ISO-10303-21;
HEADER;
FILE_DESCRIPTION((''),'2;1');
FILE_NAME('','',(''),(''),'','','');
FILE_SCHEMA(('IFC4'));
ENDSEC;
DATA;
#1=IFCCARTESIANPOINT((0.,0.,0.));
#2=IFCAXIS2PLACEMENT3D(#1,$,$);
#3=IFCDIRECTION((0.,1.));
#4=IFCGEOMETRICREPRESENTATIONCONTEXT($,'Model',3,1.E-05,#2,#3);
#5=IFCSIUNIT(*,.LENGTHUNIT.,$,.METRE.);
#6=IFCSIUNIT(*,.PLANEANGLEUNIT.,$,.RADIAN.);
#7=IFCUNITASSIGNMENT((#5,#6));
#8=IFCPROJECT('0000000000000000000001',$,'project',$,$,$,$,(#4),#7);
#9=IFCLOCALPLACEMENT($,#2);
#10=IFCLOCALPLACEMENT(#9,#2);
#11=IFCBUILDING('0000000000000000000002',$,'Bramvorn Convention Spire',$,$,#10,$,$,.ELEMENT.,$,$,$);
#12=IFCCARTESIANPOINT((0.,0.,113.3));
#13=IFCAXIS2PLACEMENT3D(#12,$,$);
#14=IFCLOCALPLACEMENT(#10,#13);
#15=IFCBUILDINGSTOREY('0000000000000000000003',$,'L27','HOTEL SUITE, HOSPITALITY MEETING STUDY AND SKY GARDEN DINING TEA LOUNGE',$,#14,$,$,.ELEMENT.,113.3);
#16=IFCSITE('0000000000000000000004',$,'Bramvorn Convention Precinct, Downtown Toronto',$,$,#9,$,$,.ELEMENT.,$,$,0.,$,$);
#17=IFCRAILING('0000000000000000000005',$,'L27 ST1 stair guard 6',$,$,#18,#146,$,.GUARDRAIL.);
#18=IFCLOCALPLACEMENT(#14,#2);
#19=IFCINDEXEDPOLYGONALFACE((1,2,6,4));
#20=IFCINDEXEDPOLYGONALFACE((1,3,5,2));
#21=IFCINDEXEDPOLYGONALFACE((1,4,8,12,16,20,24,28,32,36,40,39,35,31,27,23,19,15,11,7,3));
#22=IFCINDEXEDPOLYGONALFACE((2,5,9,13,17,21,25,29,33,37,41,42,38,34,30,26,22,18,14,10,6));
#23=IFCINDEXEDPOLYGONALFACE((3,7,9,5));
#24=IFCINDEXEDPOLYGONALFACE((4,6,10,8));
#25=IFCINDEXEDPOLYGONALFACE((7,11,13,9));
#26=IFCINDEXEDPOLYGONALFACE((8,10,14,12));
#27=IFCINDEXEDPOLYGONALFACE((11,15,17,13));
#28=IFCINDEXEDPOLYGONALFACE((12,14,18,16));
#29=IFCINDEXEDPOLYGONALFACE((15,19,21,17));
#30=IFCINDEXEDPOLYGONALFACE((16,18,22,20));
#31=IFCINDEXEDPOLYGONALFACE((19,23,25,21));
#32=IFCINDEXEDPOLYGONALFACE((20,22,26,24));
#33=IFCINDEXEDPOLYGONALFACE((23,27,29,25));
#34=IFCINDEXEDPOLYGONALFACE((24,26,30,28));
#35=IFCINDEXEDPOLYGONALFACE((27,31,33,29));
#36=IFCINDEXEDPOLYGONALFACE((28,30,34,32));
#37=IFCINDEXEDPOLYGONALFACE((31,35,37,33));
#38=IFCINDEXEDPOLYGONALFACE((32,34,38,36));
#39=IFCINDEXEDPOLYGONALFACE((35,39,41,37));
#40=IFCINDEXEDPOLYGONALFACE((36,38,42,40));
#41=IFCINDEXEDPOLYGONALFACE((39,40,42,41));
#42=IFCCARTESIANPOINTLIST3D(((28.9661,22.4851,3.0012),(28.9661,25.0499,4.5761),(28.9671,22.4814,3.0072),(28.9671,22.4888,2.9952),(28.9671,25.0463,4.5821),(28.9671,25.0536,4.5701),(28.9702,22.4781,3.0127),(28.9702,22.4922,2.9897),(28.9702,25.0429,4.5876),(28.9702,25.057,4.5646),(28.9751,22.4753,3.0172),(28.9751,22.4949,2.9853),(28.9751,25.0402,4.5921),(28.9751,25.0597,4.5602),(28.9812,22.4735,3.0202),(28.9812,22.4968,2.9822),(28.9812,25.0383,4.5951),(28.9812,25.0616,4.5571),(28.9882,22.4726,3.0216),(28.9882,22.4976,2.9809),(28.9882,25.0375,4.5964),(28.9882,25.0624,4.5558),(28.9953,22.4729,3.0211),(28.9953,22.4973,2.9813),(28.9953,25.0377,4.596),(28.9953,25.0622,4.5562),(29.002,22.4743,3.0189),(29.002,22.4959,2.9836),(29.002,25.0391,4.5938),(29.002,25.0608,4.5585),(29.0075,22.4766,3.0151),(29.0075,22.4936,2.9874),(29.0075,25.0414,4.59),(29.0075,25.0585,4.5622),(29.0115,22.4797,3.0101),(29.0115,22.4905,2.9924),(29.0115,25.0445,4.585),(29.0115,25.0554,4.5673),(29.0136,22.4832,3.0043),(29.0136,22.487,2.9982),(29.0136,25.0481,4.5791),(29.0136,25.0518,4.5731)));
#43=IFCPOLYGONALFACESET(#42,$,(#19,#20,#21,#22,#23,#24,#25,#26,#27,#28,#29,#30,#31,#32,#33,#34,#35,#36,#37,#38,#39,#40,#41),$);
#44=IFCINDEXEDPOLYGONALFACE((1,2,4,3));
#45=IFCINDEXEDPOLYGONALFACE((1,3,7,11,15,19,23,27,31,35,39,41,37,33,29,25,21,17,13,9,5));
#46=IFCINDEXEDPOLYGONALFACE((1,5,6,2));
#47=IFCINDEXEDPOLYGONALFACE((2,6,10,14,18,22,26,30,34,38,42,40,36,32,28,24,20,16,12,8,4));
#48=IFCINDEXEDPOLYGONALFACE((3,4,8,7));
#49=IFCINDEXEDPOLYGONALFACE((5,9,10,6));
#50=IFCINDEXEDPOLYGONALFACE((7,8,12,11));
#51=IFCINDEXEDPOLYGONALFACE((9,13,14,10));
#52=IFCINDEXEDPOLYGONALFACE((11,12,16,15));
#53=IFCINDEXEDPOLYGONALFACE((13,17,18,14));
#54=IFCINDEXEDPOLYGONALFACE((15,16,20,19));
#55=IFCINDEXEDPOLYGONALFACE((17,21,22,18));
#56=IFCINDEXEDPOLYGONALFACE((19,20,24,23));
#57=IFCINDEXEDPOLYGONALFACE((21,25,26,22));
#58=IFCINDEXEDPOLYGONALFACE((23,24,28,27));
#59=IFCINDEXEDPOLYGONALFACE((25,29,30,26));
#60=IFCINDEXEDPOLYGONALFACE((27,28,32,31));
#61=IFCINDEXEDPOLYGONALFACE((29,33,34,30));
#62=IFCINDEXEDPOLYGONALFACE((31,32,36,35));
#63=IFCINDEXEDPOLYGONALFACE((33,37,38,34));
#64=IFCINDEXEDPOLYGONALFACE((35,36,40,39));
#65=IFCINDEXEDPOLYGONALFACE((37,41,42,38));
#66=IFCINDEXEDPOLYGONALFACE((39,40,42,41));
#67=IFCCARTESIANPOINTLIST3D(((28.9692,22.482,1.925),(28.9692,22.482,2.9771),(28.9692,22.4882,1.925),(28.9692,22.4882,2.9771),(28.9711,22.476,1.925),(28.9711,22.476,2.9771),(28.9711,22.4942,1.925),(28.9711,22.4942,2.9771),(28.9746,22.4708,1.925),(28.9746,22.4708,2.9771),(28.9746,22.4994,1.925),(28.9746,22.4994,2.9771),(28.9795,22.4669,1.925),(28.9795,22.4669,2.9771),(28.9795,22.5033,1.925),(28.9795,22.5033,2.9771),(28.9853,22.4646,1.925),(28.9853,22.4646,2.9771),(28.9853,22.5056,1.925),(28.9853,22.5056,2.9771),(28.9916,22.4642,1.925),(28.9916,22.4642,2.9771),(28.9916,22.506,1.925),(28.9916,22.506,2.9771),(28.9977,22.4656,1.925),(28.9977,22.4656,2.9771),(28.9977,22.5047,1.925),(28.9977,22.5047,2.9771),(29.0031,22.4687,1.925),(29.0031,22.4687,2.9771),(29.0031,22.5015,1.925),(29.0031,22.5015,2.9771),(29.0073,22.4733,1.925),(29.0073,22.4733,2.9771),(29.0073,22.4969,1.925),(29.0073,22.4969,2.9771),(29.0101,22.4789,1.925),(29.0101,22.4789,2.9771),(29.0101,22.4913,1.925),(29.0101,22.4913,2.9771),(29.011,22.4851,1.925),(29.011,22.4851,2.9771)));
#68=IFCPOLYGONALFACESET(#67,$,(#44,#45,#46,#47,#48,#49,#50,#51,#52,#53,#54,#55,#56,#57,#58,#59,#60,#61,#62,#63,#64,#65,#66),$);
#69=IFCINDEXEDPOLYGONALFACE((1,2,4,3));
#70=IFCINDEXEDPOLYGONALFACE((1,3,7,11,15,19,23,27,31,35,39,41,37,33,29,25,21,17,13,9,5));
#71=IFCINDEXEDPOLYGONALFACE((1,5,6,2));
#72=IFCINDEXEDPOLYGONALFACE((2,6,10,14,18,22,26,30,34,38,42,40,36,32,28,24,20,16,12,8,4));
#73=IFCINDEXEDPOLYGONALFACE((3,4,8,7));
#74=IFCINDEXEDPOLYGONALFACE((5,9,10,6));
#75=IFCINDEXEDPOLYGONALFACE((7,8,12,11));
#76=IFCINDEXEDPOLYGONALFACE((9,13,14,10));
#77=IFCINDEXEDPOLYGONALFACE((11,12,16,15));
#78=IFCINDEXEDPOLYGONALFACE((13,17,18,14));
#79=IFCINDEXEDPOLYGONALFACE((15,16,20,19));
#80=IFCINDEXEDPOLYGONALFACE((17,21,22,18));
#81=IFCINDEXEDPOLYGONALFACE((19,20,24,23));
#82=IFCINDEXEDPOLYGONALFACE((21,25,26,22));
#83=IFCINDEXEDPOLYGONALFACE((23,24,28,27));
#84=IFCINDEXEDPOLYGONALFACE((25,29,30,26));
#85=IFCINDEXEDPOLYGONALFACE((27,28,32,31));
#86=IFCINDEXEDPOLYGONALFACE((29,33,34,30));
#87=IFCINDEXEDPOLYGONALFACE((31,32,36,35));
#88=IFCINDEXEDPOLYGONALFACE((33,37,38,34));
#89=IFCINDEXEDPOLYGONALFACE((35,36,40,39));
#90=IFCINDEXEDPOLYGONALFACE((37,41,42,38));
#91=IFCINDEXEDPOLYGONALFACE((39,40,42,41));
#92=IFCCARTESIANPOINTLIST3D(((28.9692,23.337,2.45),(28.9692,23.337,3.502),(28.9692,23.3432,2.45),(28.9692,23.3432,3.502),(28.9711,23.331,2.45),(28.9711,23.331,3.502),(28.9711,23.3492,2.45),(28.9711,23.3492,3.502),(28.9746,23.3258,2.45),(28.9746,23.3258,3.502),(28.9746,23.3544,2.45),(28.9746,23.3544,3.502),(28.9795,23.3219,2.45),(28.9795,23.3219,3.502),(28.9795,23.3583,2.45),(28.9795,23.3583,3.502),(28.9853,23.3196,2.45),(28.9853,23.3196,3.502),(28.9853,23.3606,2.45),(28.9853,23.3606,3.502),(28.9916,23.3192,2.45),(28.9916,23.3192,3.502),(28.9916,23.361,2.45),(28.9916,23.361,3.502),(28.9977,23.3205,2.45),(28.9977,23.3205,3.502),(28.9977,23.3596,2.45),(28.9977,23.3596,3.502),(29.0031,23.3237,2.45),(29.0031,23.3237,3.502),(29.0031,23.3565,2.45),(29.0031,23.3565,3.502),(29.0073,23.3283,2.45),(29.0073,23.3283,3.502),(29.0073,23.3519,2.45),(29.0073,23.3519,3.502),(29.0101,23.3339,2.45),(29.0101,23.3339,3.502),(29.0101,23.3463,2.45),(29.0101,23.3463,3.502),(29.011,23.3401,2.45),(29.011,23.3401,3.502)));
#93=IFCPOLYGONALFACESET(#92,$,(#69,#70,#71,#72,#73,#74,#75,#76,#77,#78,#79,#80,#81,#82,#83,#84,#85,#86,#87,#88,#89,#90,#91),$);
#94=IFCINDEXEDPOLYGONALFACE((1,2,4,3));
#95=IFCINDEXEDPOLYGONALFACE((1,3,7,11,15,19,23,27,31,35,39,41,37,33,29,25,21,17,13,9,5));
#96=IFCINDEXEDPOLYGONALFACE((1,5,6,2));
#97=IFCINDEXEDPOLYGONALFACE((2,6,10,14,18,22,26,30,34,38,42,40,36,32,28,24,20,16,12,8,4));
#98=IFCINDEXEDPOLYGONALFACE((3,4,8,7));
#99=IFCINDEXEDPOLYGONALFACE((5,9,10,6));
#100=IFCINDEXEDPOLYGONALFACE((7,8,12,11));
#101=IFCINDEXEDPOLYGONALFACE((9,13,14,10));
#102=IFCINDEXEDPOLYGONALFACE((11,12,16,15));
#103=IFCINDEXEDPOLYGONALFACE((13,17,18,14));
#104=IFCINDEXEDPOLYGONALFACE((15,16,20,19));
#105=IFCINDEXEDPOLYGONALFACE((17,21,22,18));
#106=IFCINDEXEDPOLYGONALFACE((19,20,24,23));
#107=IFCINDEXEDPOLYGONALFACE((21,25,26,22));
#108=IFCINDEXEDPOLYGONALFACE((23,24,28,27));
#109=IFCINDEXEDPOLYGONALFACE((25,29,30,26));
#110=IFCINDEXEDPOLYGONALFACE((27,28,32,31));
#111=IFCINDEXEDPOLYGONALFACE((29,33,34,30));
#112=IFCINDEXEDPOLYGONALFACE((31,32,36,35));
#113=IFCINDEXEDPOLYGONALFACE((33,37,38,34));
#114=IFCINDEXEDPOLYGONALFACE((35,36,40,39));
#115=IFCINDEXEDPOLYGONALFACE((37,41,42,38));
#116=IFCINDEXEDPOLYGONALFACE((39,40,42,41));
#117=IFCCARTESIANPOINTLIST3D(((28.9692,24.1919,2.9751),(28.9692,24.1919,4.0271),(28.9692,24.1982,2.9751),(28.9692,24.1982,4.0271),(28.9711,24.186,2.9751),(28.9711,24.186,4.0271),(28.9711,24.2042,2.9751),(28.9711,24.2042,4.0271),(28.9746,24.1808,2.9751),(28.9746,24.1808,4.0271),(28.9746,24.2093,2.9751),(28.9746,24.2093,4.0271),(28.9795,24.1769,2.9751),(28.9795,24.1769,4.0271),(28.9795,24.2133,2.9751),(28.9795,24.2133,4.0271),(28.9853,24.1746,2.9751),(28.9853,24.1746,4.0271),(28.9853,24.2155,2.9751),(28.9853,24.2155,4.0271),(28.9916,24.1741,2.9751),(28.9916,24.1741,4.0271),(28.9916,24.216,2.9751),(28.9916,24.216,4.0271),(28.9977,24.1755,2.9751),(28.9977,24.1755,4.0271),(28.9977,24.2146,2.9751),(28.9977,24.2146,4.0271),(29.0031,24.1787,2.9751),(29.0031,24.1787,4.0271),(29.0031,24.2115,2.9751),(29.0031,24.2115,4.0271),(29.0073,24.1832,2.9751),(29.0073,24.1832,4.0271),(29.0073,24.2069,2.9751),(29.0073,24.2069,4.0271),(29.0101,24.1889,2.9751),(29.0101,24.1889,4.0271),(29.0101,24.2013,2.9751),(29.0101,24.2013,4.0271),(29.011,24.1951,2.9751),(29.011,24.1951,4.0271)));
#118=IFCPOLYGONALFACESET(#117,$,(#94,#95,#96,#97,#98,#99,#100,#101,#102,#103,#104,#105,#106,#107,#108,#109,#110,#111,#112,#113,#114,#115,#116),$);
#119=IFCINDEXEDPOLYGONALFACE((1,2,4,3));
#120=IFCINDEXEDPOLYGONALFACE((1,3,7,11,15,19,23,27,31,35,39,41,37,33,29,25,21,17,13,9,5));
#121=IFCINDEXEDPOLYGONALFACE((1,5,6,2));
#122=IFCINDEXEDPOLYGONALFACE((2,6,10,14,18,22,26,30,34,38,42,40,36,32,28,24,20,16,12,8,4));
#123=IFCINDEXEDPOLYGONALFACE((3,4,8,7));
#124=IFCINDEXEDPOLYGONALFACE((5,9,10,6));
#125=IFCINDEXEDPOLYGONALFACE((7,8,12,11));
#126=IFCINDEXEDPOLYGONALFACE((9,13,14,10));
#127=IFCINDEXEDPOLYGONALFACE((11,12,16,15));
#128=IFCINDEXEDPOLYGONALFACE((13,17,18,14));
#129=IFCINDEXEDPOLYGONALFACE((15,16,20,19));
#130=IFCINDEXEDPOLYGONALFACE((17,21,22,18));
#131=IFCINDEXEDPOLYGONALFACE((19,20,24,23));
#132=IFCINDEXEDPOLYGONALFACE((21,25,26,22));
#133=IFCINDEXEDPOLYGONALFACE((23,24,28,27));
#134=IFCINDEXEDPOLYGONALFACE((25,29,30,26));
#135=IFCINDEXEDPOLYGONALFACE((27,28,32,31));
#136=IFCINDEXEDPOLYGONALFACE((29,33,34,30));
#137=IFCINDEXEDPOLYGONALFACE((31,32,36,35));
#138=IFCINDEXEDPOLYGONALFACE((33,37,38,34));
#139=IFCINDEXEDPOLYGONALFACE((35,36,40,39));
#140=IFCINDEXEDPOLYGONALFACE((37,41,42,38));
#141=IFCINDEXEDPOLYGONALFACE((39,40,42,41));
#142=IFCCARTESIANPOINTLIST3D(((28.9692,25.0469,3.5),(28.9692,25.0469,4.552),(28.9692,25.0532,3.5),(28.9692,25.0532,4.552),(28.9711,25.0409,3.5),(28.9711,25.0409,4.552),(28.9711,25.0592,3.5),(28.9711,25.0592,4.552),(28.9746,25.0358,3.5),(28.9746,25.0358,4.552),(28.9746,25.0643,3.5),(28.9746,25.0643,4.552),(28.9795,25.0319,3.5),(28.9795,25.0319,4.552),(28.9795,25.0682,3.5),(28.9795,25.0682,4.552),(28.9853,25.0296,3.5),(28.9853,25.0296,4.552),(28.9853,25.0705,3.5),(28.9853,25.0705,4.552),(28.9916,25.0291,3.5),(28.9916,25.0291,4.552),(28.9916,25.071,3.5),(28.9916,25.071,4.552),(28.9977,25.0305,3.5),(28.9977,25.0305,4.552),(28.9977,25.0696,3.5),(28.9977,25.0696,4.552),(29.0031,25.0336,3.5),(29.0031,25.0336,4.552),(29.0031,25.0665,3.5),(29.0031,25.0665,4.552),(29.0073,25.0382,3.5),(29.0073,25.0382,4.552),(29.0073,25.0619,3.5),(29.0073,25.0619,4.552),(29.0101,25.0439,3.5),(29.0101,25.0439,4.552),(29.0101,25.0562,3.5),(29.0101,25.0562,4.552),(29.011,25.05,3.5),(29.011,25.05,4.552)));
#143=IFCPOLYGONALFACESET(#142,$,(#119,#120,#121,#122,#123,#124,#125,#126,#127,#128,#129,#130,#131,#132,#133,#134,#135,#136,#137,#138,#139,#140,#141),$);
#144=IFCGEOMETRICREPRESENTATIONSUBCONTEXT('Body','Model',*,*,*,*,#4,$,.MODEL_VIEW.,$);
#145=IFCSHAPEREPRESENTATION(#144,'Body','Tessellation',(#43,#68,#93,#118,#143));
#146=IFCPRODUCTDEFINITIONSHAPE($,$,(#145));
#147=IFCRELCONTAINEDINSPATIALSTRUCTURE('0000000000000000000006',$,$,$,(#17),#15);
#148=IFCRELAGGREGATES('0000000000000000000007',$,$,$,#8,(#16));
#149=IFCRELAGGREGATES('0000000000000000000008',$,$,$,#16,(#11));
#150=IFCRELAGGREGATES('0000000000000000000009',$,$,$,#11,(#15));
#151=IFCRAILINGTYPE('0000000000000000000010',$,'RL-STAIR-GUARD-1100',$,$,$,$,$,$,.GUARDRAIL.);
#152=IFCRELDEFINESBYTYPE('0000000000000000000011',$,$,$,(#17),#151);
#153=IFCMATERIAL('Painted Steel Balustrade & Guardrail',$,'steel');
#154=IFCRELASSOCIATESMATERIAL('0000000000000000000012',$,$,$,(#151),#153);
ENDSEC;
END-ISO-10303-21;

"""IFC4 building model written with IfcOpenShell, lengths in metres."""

from ifc_helpers import new_model, si_unit, direction, frame, origin, origin_2d, place, context, subcontext, project, spatial, circle, extrude, material, type_object, element, save


model = new_model("IFC4")

# Units and contexts
model_context = context("Model", 3, precision=1e-05, world=origin(), true_north=direction((0.0, 1.0)))
body_context = subcontext(model_context, "Body", "Model", "MODEL_VIEW")
ifc_project = project(units=[si_unit("LENGTHUNIT", "METRE"), si_unit("PLANEANGLEUNIT", "RADIAN")], contexts=[model_context])

# Site, building, storey
site_placement = place(None, origin())
site = spatial("IfcSite", under=ifc_project, at=site_placement, Name="Bramvorn Convention Precinct, Downtown Toronto", CompositionType="ELEMENT", RefElevation=0.0)
building_placement = place(site_placement, origin())
building = spatial("IfcBuilding", under=site, at=building_placement, Name="Bramvorn Convention Spire", CompositionType="ELEMENT")
storey_placement = place(building_placement, frame((0.0, 0.0, 113.3)))
storey = spatial("IfcBuildingStorey", under=building, at=storey_placement, Name="L27", Description="HOTEL SUITE, HOSPITALITY MEETING STUDY AND SKY GARDEN DINING TEA LOUNGE", CompositionType="ELEMENT", Elevation=113.3)

# Railing
ifc_material_1 = material(Name="Painted Steel Balustrade & Guardrail", Category="steel")
railing_type_1 = type_object("IfcRailingType", Name="RL-STAIR-GUARD-1100", PredefinedType="GUARDRAIL", material=ifc_material_1)
railing_1_placement = place(storey_placement, frame((28.99, 22.4851, 1.925)))
element("IfcRailing", 1, at=railing_1_placement, inside=storey, type_object=railing_type_1, Name="L27 ST1 stair guard 6", PredefinedType="GUARDRAIL", context=body_context, shape_type="SweptSolid", body=[
    extrude(circle(Radius=0.0239, at=origin_2d()), frame((0.0, 0.0, 1.0762), z_axis=(0.0, 0.852173, 0.52326), x_axis=(-1.0, 0.0, 0.0)), (0.0, 0.0, 1.0), 3.0098),
    extrude(circle(Radius=0.021, at=origin_2d()), origin(), (0.0, 0.0, 1.0), 1.052),
    extrude(circle(Radius=0.021, at=origin_2d()), frame((0.0, 0.855, 0.5249)), (0.0, 0.0, 1.0), 1.052),
    extrude(circle(Radius=0.021, at=origin_2d()), frame((0.0, 1.71, 1.05)), (0.0, 0.0, 1.0), 1.052),
    extrude(circle(Radius=0.021, at=origin_2d()), frame((0.0, 2.5649, 1.575)), (0.0, 0.0, 1.0), 1.052),
])

save(model, "model.ifc")
